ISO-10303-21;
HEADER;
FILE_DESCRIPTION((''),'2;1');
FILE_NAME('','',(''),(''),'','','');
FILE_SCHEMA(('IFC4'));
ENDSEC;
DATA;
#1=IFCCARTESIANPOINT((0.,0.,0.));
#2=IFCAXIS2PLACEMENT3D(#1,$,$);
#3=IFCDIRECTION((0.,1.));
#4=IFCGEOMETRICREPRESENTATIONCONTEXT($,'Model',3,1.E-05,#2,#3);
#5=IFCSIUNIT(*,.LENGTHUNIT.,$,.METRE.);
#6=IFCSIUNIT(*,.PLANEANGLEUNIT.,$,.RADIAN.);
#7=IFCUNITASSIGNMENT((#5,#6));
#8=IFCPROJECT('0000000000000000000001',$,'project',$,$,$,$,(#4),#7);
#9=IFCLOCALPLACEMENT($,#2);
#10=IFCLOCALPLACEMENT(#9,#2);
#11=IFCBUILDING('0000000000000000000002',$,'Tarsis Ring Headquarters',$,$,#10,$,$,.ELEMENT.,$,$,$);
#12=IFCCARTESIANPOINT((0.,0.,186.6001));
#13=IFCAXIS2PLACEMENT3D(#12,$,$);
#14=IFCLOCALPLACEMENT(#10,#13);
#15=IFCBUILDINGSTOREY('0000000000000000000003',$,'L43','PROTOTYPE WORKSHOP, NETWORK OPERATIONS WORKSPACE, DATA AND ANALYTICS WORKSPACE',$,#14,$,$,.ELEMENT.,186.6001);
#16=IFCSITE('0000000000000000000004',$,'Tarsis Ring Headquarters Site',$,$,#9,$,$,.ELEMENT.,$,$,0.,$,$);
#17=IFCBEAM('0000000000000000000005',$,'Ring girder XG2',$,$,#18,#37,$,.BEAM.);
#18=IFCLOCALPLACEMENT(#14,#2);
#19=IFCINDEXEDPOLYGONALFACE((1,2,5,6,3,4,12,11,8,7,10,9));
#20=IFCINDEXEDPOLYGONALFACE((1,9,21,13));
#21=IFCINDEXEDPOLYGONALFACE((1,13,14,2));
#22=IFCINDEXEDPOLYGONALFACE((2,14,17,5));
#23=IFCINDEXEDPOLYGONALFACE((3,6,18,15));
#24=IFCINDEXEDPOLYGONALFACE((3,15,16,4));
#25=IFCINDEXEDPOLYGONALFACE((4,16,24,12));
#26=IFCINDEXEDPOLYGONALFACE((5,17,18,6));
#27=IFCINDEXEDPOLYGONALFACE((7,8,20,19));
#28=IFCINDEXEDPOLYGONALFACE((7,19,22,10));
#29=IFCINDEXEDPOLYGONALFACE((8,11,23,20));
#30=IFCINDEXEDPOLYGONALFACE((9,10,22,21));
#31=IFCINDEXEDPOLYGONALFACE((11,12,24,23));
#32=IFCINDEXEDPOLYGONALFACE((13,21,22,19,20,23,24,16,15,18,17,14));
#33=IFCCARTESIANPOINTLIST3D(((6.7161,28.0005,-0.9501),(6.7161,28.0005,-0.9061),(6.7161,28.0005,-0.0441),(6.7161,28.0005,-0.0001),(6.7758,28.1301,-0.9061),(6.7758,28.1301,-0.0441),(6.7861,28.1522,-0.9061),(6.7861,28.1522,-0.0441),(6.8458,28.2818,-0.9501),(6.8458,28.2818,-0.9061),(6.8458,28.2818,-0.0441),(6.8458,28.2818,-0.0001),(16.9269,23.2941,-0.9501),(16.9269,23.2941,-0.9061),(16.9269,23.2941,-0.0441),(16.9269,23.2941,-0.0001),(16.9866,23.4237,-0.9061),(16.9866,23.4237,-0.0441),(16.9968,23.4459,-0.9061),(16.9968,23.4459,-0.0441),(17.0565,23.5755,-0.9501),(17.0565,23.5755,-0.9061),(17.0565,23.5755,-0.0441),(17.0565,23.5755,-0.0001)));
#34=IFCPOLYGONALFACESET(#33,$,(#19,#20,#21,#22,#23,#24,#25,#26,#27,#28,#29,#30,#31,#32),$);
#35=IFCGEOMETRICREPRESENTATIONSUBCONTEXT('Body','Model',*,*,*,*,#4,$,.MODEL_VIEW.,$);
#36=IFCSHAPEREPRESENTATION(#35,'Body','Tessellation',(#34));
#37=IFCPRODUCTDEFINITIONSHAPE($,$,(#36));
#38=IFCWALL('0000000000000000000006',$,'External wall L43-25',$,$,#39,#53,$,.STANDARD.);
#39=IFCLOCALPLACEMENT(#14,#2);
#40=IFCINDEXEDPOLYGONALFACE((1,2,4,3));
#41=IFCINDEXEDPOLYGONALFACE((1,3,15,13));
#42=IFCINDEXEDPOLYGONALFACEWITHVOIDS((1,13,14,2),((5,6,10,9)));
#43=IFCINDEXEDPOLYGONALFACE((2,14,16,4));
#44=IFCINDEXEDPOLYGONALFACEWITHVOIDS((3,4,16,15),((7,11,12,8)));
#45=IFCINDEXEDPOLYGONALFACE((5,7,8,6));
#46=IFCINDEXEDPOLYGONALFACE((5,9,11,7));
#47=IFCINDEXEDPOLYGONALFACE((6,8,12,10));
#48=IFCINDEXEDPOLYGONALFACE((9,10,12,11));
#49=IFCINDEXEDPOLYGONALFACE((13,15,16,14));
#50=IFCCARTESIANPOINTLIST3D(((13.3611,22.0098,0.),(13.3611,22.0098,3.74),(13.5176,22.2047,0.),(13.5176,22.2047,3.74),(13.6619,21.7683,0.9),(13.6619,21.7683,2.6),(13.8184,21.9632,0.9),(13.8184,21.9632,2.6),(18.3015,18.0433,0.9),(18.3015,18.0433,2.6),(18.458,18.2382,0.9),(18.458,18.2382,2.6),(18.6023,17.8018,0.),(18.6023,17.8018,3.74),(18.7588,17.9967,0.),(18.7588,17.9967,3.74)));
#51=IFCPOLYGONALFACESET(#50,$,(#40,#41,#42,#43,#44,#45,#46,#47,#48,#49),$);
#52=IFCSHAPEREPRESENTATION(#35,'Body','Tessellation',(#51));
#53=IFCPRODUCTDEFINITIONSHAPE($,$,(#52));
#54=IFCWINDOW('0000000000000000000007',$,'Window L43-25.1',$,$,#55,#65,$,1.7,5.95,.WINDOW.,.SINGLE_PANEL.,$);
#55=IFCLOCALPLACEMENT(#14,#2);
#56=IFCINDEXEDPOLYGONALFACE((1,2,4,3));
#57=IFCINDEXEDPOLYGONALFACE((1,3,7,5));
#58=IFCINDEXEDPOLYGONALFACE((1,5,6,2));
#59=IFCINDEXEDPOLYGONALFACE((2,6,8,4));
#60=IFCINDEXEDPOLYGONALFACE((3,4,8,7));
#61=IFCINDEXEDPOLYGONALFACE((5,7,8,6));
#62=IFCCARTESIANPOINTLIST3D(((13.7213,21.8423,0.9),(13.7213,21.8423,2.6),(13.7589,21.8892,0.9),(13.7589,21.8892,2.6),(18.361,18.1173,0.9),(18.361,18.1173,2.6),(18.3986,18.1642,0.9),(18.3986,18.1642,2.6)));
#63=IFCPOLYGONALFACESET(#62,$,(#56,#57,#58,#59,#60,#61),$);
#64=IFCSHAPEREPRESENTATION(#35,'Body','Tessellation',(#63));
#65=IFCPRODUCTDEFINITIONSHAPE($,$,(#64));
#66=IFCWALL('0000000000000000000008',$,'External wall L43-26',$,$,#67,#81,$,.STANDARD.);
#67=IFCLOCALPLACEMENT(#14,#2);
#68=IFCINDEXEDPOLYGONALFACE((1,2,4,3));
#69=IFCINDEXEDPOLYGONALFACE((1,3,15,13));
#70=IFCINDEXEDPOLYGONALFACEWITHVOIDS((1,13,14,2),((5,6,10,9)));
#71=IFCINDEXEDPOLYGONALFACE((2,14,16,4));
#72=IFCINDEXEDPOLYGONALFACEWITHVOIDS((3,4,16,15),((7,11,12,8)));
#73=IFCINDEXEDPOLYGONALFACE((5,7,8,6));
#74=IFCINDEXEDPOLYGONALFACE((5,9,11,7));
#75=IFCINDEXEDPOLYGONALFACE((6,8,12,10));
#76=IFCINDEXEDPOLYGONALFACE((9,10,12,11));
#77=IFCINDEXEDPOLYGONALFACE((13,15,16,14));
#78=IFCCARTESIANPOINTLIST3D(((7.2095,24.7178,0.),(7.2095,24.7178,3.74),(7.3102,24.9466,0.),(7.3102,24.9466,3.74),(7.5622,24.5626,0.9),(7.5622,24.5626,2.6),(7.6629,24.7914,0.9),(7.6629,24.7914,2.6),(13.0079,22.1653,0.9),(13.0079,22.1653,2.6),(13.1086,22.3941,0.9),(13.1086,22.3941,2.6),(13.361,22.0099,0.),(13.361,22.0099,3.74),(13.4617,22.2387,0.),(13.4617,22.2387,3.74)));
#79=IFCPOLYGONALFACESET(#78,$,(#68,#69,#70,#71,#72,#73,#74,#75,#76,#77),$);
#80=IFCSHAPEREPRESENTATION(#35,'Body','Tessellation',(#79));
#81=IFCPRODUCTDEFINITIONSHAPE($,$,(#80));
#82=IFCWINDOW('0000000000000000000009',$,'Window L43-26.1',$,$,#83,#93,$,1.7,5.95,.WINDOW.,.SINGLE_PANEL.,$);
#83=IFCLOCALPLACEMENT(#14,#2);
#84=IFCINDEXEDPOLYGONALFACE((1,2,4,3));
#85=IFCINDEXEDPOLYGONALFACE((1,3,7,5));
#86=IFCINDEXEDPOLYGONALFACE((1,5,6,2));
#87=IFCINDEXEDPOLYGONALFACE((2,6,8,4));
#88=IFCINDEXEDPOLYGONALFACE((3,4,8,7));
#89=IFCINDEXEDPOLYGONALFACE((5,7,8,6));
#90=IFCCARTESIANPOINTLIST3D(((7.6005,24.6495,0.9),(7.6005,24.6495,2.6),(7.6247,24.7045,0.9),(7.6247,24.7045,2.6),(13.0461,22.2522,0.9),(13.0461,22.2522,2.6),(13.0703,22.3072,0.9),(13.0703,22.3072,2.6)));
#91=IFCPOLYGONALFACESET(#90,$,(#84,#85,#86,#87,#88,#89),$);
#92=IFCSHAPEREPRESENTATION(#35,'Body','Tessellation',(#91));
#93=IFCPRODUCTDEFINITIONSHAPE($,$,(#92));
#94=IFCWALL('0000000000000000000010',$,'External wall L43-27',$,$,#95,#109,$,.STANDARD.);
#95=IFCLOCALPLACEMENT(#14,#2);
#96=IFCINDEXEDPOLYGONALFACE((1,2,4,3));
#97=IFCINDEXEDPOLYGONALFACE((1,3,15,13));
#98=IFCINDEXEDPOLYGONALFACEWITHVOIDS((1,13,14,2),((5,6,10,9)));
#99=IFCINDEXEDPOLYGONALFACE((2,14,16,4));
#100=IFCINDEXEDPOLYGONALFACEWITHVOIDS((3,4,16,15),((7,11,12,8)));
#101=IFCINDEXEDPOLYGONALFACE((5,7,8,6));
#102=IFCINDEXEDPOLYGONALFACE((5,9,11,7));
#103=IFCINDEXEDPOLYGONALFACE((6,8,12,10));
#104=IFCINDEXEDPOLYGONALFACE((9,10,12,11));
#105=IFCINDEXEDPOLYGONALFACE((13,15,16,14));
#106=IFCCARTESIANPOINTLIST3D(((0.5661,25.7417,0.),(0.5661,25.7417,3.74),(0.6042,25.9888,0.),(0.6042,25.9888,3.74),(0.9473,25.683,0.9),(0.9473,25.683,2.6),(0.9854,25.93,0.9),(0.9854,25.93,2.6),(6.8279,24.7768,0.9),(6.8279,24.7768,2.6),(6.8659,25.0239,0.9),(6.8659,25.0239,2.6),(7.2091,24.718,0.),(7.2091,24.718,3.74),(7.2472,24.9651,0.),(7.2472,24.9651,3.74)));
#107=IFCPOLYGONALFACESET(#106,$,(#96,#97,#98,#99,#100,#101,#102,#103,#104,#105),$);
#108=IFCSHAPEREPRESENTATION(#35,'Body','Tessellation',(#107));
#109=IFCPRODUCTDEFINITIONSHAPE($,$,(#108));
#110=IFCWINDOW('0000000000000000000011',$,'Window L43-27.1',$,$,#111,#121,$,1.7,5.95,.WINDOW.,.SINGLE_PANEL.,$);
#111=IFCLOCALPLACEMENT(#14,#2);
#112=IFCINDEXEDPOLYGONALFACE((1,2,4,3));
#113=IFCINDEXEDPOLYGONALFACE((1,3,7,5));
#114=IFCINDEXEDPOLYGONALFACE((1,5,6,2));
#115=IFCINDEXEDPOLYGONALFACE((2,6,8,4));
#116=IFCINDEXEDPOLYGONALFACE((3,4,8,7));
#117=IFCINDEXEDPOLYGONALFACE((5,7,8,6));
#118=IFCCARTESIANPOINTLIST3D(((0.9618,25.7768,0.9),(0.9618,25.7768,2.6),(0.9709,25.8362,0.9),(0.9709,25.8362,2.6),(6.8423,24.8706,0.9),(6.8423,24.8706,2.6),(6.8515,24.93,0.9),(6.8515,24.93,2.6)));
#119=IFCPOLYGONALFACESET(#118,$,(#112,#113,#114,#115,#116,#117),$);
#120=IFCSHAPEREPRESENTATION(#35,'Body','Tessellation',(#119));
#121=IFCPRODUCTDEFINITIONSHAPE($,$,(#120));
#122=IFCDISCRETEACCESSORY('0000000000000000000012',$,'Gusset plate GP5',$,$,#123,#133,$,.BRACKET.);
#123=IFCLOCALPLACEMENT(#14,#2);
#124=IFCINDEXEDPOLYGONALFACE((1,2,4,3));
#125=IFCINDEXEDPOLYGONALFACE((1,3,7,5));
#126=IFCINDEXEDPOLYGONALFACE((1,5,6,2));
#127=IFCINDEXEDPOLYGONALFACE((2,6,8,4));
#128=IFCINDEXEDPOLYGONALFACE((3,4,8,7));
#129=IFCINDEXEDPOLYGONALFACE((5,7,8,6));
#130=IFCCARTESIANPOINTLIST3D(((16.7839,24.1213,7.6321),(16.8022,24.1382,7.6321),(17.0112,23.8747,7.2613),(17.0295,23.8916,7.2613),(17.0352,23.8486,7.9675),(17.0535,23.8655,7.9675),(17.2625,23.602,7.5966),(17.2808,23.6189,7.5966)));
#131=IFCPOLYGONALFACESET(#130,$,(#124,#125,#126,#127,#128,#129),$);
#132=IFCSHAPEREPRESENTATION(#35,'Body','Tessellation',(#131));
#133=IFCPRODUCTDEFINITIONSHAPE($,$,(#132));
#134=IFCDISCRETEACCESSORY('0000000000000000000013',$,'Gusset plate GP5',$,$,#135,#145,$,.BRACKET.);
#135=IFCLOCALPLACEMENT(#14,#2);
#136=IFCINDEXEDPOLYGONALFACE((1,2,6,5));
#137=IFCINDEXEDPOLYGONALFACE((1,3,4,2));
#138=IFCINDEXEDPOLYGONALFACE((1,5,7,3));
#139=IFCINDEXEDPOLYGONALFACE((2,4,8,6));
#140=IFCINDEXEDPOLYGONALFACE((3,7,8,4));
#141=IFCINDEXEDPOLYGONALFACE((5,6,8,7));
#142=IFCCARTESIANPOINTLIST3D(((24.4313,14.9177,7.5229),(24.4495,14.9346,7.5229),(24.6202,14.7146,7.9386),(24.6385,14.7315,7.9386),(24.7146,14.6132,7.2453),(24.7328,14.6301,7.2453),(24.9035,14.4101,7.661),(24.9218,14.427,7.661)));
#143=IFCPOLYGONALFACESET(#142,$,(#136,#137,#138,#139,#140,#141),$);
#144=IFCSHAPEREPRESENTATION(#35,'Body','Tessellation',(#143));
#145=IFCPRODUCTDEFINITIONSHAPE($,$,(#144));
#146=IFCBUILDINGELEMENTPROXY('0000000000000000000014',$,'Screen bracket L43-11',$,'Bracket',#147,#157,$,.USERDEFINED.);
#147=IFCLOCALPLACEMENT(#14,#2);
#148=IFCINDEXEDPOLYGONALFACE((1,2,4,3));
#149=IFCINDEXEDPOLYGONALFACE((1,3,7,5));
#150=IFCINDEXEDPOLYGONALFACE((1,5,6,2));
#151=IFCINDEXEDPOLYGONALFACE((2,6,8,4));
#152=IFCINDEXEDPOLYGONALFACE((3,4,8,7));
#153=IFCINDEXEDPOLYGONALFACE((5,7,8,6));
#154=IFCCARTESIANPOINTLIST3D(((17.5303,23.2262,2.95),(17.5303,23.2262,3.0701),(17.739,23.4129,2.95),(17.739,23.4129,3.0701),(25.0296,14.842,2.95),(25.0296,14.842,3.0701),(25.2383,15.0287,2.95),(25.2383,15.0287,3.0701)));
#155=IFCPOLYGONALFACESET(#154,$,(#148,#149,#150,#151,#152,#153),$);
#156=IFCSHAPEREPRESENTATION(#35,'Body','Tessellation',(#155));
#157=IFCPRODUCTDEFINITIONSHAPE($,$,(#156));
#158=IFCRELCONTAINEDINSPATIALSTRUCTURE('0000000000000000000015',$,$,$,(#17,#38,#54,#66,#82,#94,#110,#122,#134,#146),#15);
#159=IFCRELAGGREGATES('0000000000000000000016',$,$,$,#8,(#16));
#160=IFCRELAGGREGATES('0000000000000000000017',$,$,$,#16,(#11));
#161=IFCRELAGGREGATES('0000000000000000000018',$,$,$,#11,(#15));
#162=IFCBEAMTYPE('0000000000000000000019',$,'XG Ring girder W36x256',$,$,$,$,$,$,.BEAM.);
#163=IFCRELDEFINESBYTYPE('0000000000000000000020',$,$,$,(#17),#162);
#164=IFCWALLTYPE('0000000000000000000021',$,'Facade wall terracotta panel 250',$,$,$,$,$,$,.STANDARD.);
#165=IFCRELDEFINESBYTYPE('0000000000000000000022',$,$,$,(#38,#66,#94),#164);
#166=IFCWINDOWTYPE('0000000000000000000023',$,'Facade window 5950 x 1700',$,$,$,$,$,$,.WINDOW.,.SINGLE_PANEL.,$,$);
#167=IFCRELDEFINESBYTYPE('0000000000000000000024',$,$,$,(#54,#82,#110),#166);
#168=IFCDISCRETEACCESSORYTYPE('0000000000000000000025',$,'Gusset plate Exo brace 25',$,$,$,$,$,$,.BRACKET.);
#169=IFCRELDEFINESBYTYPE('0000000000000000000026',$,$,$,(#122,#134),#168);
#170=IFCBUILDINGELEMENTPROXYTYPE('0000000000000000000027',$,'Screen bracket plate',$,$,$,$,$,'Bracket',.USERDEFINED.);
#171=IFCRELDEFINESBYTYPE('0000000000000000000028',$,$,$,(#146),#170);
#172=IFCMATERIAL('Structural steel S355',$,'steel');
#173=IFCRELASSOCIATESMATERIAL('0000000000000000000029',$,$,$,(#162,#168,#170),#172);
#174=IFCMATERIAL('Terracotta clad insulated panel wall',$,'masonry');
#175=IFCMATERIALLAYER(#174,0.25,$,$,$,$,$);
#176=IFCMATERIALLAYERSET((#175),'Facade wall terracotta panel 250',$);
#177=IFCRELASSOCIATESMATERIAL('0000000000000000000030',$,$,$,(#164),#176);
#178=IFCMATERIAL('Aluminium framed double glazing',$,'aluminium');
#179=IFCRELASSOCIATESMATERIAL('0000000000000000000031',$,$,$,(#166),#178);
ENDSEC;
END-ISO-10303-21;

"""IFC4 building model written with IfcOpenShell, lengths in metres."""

from ifc_helpers import new_model, si_unit, direction, frame, frame_2d, origin, origin_2d, place, context, subcontext, project, spatial, rectangle, i_section, extrude, material, layer, layer_set, material_profile, profile_set, type_object, element, fill, save


model = new_model("IFC4")

# Units and contexts
model_context = context("Model", 3, precision=1e-05, world=origin(), true_north=direction((0.0, 1.0)))
body_context = subcontext(model_context, "Body", "Model", "MODEL_VIEW")
ifc_project = project(units=[si_unit("LENGTHUNIT", "METRE"), si_unit("PLANEANGLEUNIT", "RADIAN")], contexts=[model_context])

# Site, building, storey
site_placement = place(None, origin())
site = spatial("IfcSite", under=ifc_project, at=site_placement, Name="Tarsis Ring Headquarters Site", CompositionType="ELEMENT", RefElevation=0.0)
building_placement = place(site_placement, origin())
building = spatial("IfcBuilding", under=site, at=building_placement, Name="Tarsis Ring Headquarters", CompositionType="ELEMENT")
storey_placement = place(building_placement, frame((0.0, 0.0, 186.6001)))
storey = spatial("IfcBuildingStorey", under=building, at=storey_placement, Name="L43", Description="PROTOTYPE WORKSHOP, NETWORK OPERATIONS WORKSPACE, DATA AND ANALYTICS WORKSPACE", CompositionType="ELEMENT", Elevation=186.6001)

# Shared definitions
ifc_material_1 = material(Name="Structural steel S355", Category="steel")

# Beam
ifc_material_profile_1 = material_profile(ifc_material_1, i_section(OverallWidth=0.3098, OverallDepth=0.95, WebThickness=0.0244, FlangeThickness=0.0439, at=origin_2d()), Name="W36x256")
ifc_profile_set_1 = profile_set([ifc_material_profile_1], Name="Structural steel S355")
beam_type_1 = type_object("IfcBeamType", Name="XG Ring girder W36x256", PredefinedType="BEAM", material=ifc_profile_set_1)
beam_1_placement = place(storey_placement, frame((16.9917, 23.4348, -0.4751), z_axis=(-0.908173, 0.418594, 0.0), x_axis=(-0.418594, -0.908173, 0.0)))
element("IfcBeam", 1, at=beam_1_placement, inside=storey, type_object=beam_type_1, Name="Ring girder XG2", PredefinedType="BEAM", context=body_context, shape_type="SweptSolid", body=[
    extrude(i_section(OverallWidth=0.3098, OverallDepth=0.95, WebThickness=0.0244, FlangeThickness=0.0439, at=origin_2d()), origin(), (0.0, 0.0, 1.0), 11.2432),
])

# Walls, openings, windows
ifc_material_2 = material(Name="Terracotta clad insulated panel wall", Category="masonry")
ifc_layer = layer(ifc_material_2, 0.25)
ifc_layer_set = layer_set([ifc_layer], Name="Facade wall terracotta panel 250")
wall_type = type_object("IfcWallType", Name="Facade wall terracotta panel 250", PredefinedType="STANDARD", material=ifc_layer_set)
wall_1_placement = place(storey_placement, frame((18.6807, 17.8992, 0.0), z_axis=(0.0, 0.0, 1.0), x_axis=(-0.779776, 0.626058, 0.0)))
wall_1 = element("IfcWall", 2, at=wall_1_placement, inside=storey, type_object=wall_type, Name="External wall L43-25", PredefinedType="STANDARD", context=body_context, shape_type="SweptSolid", body=[
    extrude(rectangle(XDim=6.7214, YDim=0.25, at=frame_2d((3.3608, 0.0))), origin(), (0.0, 0.0, 1.0), 3.74),
])
opening_1_placement = place(wall_1_placement, frame((0.3857, 0.0, 0.8999)))
opening_1 = element("IfcOpeningElement", 3, at=opening_1_placement, cuts=wall_1, PredefinedType="OPENING", context=body_context, shape_type="SweptSolid", body=[
    extrude(rectangle(XDim=5.95, YDim=1.7, at=frame_2d((2.9751, 0.8501))), frame((0.0, 0.135, 0.0), z_axis=(0.0, -1.0, 0.0), x_axis=(1.0, 0.0, 0.0)), (0.0, 0.0, 1.0), 0.27),
])
ifc_material_3 = material(Name="Aluminium framed double glazing", Category="aluminium")
window_type = type_object("IfcWindowType", Name="Facade window 5950 x 1700", PartitioningType="SINGLE_PANEL", PredefinedType="WINDOW", material=ifc_material_3)
window_1_placement = place(opening_1_placement, origin())
window_1 = element("IfcWindow", 4, at=window_1_placement, inside=storey, type_object=window_type, Name="Window L43-25.1", OverallHeight=1.7, OverallWidth=5.95, PartitioningType="SINGLE_PANEL", PredefinedType="WINDOW", context=body_context, shape_type="SweptSolid", body=[
    extrude(rectangle(XDim=5.95, YDim=1.7, at=frame_2d((2.9751, 0.8501))), frame((0.0, 0.03, 0.0), z_axis=(0.0, -1.0, 0.0), x_axis=(1.0, 0.0, 0.0)), (0.0, 0.0, 1.0), 0.0601),
])
fill(opening_1, window_1)
wall_2_placement = place(storey_placement, frame((13.4114, 22.1243, 0.0), z_axis=(0.0, 0.0, 1.0), x_axis=(-0.915244, 0.402901, 0.0)))
wall_2 = element("IfcWall", 5, at=wall_2_placement, inside=storey, type_object=wall_type, Name="External wall L43-26", PredefinedType="STANDARD", context=body_context, shape_type="SweptSolid", body=[
    extrude(rectangle(XDim=6.7212, YDim=0.25, at=frame_2d((3.3606, 0.0))), origin(), (0.0, 0.0, 1.0), 3.74),
])
opening_2_placement = place(wall_2_placement, frame((0.3857, 0.0, 0.8999)))
opening_2 = element("IfcOpeningElement", 6, at=opening_2_placement, cuts=wall_2, PredefinedType="OPENING", context=body_context, shape_type="SweptSolid", body=[
    extrude(rectangle(XDim=5.95, YDim=1.7, at=frame_2d((2.9751, 0.8501))), frame((0.0, 0.135, 0.0), z_axis=(0.0, -1.0, 0.0), x_axis=(1.0, 0.0, 0.0)), (0.0, 0.0, 1.0), 0.27),
])
window_2_placement = place(opening_2_placement, origin())
window_2 = element("IfcWindow", 7, at=window_2_placement, inside=storey, type_object=window_type, Name="Window L43-26.1", OverallHeight=1.7, OverallWidth=5.95, PartitioningType="SINGLE_PANEL", PredefinedType="WINDOW", context=body_context, shape_type="SweptSolid", body=[
    extrude(rectangle(XDim=5.95, YDim=1.7, at=frame_2d((2.9751, 0.8501))), frame((0.0, 0.03, 0.0), z_axis=(0.0, -1.0, 0.0), x_axis=(1.0, 0.0, 0.0)), (0.0, 0.0, 1.0), 0.0601),
])
fill(opening_2, window_2)
wall_3_placement = place(storey_placement, frame((7.2283, 24.8416, 0.0), z_axis=(0.0, 0.0, 1.0), x_axis=(-0.988334, 0.1523, 0.0)))
wall_3 = element("IfcWall", 8, at=wall_3_placement, inside=storey, type_object=wall_type, Name="External wall L43-27", PredefinedType="STANDARD", context=body_context, shape_type="SweptSolid", body=[
    extrude(rectangle(XDim=6.7214, YDim=0.25, at=frame_2d((3.3608, 0.0))), origin(), (0.0, 0.0, 1.0), 3.74),
])
opening_3_placement = place(wall_3_placement, frame((0.3857, 0.0, 0.8999)))
opening_3 = element("IfcOpeningElement", 9, at=opening_3_placement, cuts=wall_3, PredefinedType="OPENING", context=body_context, shape_type="SweptSolid", body=[
    extrude(rectangle(XDim=5.95, YDim=1.7, at=frame_2d((2.9751, 0.8501))), frame((0.0, 0.135, 0.0), z_axis=(0.0, -1.0, 0.0), x_axis=(1.0, 0.0, 0.0)), (0.0, 0.0, 1.0), 0.27),
])
window_3_placement = place(opening_3_placement, origin())
window_3 = element("IfcWindow", 10, at=window_3_placement, inside=storey, type_object=window_type, Name="Window L43-27.1", OverallHeight=1.7, OverallWidth=5.95, PartitioningType="SINGLE_PANEL", PredefinedType="WINDOW", context=body_context, shape_type="SweptSolid", body=[
    extrude(rectangle(XDim=5.95, YDim=1.7, at=frame_2d((2.9751, 0.8501))), frame((0.0, 0.03, 0.0), z_axis=(0.0, -1.0, 0.0), x_axis=(1.0, 0.0, 0.0)), (0.0, 0.0, 1.0), 0.0601),
])
fill(opening_3, window_3)

# Discrete accessories
ifc_material_profile_2 = material_profile(ifc_material_1, rectangle(XDim=0.0249, YDim=0.5, at=origin_2d()), Name="PL 25x500")
ifc_profile_set_2 = profile_set([ifc_material_profile_2], Name="Structural steel S355")
discrete_accessory_type = type_object("IfcDiscreteAccessoryType", Name="Gusset plate Exo brace 25", PredefinedType="BRACKET", material=ifc_profile_set_2)
discrete_accessory_1_placement = place(storey_placement, frame((16.9187, 23.9934, 7.7998), z_axis=(0.454594, -0.493169, -0.741706), x_axis=(0.735278, 0.677766, 0.0)))
element("IfcDiscreteAccessory", 11, at=discrete_accessory_1_placement, inside=storey, type_object=discrete_accessory_type, Name="Gusset plate GP5", PredefinedType="BRACKET", context=body_context, shape_type="SweptSolid", body=[
    extrude(rectangle(XDim=0.0249, YDim=0.5, at=origin_2d()), origin(), (0.0, 0.0, 1.0), 0.5),
])
discrete_accessory_2_placement = place(storey_placement, frame((24.771, 14.5708, 7.7998), z_axis=(-0.378056, 0.406385, -0.83182), x_axis=(-0.732166, -0.681126, 0.0)))
element("IfcDiscreteAccessory", 12, at=discrete_accessory_2_placement, inside=storey, type_object=discrete_accessory_type, Name="Gusset plate GP5", PredefinedType="BRACKET", context=body_context, shape_type="SweptSolid", body=[
    extrude(rectangle(XDim=0.0249, YDim=0.5, at=origin_2d()), origin(), (0.0, 0.0, 1.0), 0.4998),
])

# Building element proxy
building_element_proxy_type = type_object("IfcBuildingElementProxyType", Name="Screen bracket plate", ElementType="Bracket", PredefinedType="USERDEFINED", material=ifc_material_1)
proxy_placement = place(storey_placement, frame((21.3843, 19.1274, 2.95), z_axis=(0.0, 0.0, 1.0), x_axis=(-0.666679, 0.745345, 0.0)))
element("IfcBuildingElementProxy", 13, at=proxy_placement, inside=storey, type_object=building_element_proxy_type, Name="Screen bracket L43-11", ObjectType="Bracket", PredefinedType="USERDEFINED", context=body_context, shape_type="SweptSolid", body=[
    extrude(rectangle(XDim=11.2488, YDim=0.28, at=origin_2d()), origin(), (0.0, 0.0, 1.0), 0.1201),
])

save(model, "model.ifc")
